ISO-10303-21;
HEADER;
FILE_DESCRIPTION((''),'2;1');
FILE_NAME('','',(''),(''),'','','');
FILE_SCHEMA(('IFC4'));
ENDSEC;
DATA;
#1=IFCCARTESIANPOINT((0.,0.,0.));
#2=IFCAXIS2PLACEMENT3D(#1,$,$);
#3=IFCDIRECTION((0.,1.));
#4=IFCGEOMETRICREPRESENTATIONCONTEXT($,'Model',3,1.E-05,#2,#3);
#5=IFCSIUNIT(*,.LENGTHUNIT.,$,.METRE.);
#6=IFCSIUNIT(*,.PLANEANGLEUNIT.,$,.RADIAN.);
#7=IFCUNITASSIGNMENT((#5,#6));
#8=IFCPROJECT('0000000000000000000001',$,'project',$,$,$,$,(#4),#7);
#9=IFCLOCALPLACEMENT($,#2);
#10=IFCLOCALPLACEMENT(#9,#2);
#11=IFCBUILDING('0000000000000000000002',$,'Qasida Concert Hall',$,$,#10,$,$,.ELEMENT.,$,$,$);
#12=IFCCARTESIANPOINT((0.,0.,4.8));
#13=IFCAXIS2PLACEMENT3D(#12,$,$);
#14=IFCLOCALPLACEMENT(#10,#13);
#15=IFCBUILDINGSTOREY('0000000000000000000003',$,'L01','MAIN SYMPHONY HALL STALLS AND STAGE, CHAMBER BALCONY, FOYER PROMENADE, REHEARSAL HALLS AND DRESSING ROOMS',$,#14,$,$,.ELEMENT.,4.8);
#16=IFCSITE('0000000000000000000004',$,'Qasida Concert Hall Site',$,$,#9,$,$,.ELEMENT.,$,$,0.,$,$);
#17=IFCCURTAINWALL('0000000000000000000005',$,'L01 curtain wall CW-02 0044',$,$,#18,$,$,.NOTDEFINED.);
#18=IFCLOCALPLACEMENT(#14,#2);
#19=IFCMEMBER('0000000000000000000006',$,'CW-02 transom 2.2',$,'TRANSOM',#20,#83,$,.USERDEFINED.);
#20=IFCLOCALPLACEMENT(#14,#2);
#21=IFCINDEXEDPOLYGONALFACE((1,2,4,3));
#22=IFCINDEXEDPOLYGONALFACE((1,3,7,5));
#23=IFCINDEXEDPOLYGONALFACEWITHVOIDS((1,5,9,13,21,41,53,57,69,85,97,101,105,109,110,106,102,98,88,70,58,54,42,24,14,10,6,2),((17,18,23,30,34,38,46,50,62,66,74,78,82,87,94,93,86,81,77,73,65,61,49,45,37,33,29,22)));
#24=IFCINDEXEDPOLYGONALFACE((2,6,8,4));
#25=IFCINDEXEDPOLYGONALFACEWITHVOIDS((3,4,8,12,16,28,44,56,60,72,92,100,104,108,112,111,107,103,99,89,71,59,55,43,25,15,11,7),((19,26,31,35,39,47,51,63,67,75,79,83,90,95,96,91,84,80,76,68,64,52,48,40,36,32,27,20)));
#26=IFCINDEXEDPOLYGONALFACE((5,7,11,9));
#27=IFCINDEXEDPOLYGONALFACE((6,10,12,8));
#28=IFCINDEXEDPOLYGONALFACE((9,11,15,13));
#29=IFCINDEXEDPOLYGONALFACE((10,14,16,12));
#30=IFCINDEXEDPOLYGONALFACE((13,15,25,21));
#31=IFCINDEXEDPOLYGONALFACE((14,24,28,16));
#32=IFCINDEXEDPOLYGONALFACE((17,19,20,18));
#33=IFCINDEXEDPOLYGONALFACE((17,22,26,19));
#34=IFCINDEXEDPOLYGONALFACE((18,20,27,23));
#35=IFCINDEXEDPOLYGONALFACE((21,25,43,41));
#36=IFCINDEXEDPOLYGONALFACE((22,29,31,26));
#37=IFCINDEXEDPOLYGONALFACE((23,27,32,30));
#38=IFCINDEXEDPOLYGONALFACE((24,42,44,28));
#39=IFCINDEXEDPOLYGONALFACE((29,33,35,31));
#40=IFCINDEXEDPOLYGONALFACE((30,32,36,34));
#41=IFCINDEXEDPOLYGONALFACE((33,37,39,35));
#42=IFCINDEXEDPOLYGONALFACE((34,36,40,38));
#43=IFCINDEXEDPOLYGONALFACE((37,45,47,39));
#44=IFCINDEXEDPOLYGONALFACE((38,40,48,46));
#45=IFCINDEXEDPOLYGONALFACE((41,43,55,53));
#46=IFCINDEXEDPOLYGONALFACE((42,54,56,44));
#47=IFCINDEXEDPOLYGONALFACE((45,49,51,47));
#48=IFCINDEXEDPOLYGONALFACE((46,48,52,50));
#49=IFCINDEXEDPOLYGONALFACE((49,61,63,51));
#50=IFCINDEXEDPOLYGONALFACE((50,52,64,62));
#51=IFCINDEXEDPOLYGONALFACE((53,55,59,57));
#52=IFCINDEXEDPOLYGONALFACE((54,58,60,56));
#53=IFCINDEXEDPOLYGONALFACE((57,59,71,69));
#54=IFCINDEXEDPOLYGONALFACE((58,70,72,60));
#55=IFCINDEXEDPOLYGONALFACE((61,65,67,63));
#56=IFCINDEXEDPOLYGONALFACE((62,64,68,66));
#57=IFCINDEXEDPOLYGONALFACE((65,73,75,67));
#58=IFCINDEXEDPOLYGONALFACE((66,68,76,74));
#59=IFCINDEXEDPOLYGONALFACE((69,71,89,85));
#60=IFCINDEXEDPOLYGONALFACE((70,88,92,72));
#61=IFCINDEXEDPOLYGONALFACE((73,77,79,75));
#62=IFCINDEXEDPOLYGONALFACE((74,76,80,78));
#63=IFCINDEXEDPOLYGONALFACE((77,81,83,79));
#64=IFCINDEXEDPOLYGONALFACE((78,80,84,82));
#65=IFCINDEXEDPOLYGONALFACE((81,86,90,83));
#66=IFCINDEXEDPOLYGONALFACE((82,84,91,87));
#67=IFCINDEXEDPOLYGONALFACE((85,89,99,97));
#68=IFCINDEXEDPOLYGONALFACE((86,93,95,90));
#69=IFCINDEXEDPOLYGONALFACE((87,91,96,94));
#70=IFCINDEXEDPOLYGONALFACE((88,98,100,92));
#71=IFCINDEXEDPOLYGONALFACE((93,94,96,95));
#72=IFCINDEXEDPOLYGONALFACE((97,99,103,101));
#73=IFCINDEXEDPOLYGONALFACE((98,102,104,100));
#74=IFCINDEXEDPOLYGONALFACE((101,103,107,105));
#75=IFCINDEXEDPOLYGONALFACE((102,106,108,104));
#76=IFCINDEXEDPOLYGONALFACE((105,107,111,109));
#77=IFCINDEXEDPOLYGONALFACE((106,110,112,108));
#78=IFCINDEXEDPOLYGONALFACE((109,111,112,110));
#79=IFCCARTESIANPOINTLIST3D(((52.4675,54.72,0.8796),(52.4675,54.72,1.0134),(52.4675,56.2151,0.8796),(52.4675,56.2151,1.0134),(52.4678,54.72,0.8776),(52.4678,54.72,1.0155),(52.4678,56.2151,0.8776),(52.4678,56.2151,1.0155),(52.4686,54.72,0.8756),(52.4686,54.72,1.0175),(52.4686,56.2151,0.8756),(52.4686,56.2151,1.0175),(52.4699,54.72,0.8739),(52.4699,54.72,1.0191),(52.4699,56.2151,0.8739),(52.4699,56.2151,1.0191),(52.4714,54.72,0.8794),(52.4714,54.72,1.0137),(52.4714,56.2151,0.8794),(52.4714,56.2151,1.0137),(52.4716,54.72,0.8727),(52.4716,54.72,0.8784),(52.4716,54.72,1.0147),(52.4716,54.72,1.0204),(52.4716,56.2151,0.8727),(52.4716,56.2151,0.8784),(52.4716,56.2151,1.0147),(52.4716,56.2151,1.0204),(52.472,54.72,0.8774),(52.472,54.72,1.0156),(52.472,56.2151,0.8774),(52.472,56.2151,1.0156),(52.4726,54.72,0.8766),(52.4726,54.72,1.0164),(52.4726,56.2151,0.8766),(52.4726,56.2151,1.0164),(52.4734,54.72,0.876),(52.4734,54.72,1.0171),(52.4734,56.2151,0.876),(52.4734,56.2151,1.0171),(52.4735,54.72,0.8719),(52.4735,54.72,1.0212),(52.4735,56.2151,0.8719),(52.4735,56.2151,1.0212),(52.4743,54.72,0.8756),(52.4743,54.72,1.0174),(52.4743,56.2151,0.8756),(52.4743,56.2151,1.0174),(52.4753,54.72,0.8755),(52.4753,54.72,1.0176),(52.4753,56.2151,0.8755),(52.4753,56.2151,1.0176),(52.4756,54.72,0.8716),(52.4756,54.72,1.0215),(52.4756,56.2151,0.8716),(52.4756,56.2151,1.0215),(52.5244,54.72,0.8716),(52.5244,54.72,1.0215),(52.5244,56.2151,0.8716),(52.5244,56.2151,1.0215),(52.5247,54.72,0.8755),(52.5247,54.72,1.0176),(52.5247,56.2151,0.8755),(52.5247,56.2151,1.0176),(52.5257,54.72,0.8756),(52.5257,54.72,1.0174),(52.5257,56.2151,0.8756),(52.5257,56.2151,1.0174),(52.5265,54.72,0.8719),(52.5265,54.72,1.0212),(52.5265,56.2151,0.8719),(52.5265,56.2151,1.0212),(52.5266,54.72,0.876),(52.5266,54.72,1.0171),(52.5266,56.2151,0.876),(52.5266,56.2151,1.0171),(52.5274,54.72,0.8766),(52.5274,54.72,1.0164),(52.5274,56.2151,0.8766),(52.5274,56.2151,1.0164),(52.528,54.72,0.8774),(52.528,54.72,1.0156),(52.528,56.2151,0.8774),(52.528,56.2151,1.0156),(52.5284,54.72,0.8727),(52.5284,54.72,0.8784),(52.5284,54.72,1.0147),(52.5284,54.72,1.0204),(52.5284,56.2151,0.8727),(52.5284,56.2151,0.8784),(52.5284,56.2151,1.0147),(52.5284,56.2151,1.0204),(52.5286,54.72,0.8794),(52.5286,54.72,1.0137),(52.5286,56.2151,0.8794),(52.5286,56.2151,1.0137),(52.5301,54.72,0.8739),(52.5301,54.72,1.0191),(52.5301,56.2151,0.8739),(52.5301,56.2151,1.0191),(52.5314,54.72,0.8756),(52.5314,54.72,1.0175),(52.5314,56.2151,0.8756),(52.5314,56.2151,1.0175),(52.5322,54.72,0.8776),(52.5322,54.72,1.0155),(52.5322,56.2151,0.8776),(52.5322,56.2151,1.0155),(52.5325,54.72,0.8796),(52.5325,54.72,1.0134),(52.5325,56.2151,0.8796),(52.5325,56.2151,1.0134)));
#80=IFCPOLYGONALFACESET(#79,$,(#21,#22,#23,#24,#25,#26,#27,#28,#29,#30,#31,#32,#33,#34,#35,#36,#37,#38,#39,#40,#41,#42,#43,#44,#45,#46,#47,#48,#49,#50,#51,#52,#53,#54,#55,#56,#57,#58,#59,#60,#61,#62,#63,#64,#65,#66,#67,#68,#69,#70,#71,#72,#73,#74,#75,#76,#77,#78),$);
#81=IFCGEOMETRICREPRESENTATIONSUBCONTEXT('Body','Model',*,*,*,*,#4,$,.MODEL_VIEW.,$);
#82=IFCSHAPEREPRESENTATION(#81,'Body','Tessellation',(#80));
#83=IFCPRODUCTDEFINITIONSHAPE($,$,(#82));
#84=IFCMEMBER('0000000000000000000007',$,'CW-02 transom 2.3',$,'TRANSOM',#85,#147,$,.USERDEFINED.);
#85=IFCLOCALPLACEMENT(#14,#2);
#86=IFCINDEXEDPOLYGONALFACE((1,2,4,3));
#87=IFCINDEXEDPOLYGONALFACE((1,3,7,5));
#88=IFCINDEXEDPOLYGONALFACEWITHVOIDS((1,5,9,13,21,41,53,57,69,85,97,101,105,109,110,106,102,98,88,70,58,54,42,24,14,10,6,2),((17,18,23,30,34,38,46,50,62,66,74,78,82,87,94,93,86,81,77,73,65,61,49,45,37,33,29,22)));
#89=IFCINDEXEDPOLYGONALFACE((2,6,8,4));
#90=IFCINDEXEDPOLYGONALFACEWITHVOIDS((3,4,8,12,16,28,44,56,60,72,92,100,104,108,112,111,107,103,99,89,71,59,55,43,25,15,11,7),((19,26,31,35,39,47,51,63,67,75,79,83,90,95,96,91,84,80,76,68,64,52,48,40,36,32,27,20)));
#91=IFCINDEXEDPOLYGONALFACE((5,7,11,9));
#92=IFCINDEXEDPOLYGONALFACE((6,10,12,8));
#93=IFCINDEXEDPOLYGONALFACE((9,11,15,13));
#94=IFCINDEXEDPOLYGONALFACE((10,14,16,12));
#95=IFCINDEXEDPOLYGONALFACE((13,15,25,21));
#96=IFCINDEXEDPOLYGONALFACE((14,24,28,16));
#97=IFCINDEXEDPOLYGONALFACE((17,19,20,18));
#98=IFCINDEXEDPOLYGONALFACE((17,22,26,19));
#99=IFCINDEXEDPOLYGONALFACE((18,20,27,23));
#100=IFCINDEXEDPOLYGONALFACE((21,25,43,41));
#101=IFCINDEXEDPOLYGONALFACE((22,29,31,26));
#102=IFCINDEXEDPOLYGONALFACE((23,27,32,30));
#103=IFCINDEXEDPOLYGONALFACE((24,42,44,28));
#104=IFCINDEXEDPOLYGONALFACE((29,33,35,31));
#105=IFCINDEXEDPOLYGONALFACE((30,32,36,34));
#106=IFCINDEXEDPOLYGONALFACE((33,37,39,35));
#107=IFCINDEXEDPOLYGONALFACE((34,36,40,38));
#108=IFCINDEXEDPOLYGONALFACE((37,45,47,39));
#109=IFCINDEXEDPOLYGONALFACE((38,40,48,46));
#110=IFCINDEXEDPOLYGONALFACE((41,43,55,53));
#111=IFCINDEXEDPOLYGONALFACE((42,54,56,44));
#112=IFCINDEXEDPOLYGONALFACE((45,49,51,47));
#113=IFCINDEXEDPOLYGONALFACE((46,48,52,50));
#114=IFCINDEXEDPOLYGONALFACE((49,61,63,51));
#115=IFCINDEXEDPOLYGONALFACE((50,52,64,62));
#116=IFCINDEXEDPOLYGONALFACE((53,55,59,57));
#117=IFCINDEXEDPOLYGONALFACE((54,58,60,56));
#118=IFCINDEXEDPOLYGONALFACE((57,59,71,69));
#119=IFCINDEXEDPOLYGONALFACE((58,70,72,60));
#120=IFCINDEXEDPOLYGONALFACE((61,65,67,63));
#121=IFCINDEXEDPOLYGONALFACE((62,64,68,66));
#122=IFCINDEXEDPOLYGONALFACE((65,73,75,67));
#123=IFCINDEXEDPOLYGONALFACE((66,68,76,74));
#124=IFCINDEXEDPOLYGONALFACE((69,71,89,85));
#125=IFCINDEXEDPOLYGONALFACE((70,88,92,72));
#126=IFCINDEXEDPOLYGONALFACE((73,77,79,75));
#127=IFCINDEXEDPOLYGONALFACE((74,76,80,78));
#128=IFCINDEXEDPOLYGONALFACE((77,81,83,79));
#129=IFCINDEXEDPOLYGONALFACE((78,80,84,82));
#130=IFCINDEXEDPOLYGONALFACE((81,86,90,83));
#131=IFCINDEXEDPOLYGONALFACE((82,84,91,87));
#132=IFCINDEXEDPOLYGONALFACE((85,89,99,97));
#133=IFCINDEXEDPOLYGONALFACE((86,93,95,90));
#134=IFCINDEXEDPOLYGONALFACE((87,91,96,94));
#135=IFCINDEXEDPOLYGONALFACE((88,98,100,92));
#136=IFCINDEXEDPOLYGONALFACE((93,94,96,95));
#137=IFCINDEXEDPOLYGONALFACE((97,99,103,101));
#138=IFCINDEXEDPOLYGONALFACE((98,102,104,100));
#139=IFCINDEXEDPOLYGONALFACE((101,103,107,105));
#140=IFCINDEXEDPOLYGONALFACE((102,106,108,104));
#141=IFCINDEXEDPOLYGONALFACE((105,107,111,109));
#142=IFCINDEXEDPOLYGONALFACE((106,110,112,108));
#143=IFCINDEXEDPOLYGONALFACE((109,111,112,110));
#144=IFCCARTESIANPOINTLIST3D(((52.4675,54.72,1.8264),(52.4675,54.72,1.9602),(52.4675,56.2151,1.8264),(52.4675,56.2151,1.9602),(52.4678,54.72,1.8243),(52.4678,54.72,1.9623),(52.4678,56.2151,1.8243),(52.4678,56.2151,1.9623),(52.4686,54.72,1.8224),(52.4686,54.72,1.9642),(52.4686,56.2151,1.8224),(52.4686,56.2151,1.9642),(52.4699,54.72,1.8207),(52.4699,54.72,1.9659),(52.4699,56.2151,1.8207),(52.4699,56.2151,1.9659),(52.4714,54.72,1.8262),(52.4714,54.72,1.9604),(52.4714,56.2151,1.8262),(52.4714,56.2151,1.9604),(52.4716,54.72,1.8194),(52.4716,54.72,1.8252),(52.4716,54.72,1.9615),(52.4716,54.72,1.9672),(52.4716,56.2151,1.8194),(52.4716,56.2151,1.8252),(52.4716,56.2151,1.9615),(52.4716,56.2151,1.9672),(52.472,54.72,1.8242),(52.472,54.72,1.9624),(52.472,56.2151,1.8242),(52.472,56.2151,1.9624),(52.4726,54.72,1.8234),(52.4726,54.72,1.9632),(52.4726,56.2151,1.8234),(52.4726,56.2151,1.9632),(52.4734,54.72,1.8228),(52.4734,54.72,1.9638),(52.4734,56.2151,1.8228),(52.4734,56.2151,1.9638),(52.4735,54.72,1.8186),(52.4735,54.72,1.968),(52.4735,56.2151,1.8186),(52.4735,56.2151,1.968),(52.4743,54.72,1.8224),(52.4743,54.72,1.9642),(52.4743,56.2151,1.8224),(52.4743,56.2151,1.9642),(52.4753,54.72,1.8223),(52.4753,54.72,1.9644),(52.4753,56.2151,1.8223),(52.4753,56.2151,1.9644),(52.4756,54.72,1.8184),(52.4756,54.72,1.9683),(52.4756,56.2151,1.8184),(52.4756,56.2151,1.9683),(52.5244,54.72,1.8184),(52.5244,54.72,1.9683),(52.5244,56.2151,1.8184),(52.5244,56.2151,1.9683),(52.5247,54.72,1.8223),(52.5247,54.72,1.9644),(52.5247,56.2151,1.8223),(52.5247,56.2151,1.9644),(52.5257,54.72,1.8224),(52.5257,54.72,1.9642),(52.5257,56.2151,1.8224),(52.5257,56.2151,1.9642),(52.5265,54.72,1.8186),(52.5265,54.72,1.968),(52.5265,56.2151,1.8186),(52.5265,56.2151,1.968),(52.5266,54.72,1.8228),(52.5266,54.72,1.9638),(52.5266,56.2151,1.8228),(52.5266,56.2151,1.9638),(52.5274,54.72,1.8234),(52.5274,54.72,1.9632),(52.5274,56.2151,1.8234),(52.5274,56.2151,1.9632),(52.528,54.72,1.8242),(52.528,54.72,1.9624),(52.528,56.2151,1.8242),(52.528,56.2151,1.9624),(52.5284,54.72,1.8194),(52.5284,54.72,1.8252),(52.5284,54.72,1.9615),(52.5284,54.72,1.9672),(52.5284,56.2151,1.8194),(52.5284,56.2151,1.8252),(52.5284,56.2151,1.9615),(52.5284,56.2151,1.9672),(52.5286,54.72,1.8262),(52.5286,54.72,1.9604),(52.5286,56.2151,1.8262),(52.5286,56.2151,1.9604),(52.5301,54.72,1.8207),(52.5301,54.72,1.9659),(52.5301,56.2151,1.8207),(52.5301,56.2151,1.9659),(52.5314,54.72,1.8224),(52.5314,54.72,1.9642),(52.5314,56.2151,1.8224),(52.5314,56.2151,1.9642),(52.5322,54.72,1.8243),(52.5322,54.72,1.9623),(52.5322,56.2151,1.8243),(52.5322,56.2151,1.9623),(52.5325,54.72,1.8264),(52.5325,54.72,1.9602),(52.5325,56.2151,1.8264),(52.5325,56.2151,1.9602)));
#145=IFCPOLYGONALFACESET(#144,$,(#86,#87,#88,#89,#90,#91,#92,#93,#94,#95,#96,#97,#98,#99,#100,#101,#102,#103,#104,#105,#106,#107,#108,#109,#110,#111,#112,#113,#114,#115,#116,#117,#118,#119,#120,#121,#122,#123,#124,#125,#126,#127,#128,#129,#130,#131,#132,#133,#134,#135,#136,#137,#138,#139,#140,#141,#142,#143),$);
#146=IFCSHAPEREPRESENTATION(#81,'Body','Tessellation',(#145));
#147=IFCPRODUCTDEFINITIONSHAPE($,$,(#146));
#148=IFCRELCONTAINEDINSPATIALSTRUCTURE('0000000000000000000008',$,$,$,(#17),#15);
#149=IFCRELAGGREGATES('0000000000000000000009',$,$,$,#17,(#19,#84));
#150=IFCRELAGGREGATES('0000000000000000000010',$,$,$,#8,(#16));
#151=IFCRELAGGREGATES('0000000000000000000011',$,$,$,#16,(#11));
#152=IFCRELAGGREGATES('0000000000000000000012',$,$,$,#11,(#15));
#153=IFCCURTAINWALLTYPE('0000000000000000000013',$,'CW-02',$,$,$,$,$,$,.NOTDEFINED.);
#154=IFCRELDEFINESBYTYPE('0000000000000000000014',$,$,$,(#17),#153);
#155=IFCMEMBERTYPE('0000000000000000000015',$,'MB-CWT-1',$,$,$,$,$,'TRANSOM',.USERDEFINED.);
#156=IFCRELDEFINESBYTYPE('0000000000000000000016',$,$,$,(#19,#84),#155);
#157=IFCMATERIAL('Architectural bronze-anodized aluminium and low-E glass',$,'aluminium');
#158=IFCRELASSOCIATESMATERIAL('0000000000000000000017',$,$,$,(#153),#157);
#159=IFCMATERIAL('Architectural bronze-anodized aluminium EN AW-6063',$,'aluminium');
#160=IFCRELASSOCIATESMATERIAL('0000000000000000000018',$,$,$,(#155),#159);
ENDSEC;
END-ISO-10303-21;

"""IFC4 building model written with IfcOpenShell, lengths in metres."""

from ifc_helpers import new_model, si_unit, direction, frame, origin, origin_2d, place, context, subcontext, project, spatial, hollow_rectangle, extrude, material, material_profile, profile_set, type_object, element, aggregate, save


model = new_model("IFC4")

# Units and contexts
model_context = context("Model", 3, precision=1e-05, world=origin(), true_north=direction((0.0, 1.0)))
body_context = subcontext(model_context, "Body", "Model", "MODEL_VIEW")
ifc_project = project(units=[si_unit("LENGTHUNIT", "METRE"), si_unit("PLANEANGLEUNIT", "RADIAN")], contexts=[model_context])

# Site, building, storey
site_placement = place(None, origin())
site = spatial("IfcSite", under=ifc_project, at=site_placement, Name="Qasida Concert Hall Site", CompositionType="ELEMENT", RefElevation=0.0)
building_placement = place(site_placement, origin())
building = spatial("IfcBuilding", under=site, at=building_placement, Name="Qasida Concert Hall", CompositionType="ELEMENT")
storey_placement = place(building_placement, frame((0.0, 0.0, 4.8)))
storey = spatial("IfcBuildingStorey", under=building, at=storey_placement, Name="L01", Description="MAIN SYMPHONY HALL STALLS AND STAGE, CHAMBER BALCONY, FOYER PROMENADE, REHEARSAL HALLS AND DRESSING ROOMS", CompositionType="ELEMENT", Elevation=4.8)

# Curtain wall, members
ifc_material_1 = material(Name="Architectural bronze-anodized aluminium and low-E glass", Category="aluminium")
curtain_wall_type = type_object("IfcCurtainWallType", Name="CW-02", PredefinedType="NOTDEFINED", material=ifc_material_1)
curtain_wall_placement = place(storey_placement, origin())
curtain_wall = element("IfcCurtainWall", 1, at=curtain_wall_placement, inside=storey, type_object=curtain_wall_type, Name="L01 curtain wall CW-02 0044", PredefinedType="NOTDEFINED")
ifc_material_2 = material(Name="Architectural bronze-anodized aluminium EN AW-6063", Category="aluminium")
ifc_material_profile_1 = material_profile(ifc_material_2, hollow_rectangle(XDim=0.0649, YDim=0.1499, WallThickness=0.0039, InnerFilletRadius=0.0039, OuterFilletRadius=0.0081, at=origin_2d()), Name="CWT 150x65x4")
ifc_profile_set_1 = profile_set([ifc_material_profile_1], Name="Architectural bronze-anodized aluminium EN AW-6063")
member_type_1 = type_object("IfcMemberType", Name="MB-CWT-1", ElementType="TRANSOM", PredefinedType="USERDEFINED", material=ifc_profile_set_1)
member_1_placement = place(storey_placement, frame((52.5, 54.72, 0.9465), z_axis=(0.0, 1.0, 0.0), x_axis=(-1.0, 0.0, 0.0)))
member_1 = element("IfcMember", 2, at=member_1_placement, type_object=member_type_1, Name="CW-02 transom 2.2", ObjectType="TRANSOM", PredefinedType="USERDEFINED", context=body_context, shape_type="SweptSolid", body=[
    extrude(hollow_rectangle(XDim=0.0649, YDim=0.1499, WallThickness=0.0039, InnerFilletRadius=0.0039, OuterFilletRadius=0.0081, at=origin_2d()), origin(), (0.0, 0.0, 1.0), 1.4951),
])
member_2_placement = place(storey_placement, frame((52.5, 54.72, 1.8933), z_axis=(0.0, 1.0, 0.0), x_axis=(-1.0, 0.0, 0.0)))
member_2 = element("IfcMember", 3, at=member_2_placement, type_object=member_type_1, Name="CW-02 transom 2.3", ObjectType="TRANSOM", PredefinedType="USERDEFINED", context=body_context, shape_type="SweptSolid", body=[
    extrude(hollow_rectangle(XDim=0.0649, YDim=0.1499, WallThickness=0.0039, InnerFilletRadius=0.0039, OuterFilletRadius=0.0081, at=origin_2d()), origin(), (0.0, 0.0, 1.0), 1.4951),
])
aggregate(curtain_wall, [member_1, member_2])

save(model, "model.ifc")
